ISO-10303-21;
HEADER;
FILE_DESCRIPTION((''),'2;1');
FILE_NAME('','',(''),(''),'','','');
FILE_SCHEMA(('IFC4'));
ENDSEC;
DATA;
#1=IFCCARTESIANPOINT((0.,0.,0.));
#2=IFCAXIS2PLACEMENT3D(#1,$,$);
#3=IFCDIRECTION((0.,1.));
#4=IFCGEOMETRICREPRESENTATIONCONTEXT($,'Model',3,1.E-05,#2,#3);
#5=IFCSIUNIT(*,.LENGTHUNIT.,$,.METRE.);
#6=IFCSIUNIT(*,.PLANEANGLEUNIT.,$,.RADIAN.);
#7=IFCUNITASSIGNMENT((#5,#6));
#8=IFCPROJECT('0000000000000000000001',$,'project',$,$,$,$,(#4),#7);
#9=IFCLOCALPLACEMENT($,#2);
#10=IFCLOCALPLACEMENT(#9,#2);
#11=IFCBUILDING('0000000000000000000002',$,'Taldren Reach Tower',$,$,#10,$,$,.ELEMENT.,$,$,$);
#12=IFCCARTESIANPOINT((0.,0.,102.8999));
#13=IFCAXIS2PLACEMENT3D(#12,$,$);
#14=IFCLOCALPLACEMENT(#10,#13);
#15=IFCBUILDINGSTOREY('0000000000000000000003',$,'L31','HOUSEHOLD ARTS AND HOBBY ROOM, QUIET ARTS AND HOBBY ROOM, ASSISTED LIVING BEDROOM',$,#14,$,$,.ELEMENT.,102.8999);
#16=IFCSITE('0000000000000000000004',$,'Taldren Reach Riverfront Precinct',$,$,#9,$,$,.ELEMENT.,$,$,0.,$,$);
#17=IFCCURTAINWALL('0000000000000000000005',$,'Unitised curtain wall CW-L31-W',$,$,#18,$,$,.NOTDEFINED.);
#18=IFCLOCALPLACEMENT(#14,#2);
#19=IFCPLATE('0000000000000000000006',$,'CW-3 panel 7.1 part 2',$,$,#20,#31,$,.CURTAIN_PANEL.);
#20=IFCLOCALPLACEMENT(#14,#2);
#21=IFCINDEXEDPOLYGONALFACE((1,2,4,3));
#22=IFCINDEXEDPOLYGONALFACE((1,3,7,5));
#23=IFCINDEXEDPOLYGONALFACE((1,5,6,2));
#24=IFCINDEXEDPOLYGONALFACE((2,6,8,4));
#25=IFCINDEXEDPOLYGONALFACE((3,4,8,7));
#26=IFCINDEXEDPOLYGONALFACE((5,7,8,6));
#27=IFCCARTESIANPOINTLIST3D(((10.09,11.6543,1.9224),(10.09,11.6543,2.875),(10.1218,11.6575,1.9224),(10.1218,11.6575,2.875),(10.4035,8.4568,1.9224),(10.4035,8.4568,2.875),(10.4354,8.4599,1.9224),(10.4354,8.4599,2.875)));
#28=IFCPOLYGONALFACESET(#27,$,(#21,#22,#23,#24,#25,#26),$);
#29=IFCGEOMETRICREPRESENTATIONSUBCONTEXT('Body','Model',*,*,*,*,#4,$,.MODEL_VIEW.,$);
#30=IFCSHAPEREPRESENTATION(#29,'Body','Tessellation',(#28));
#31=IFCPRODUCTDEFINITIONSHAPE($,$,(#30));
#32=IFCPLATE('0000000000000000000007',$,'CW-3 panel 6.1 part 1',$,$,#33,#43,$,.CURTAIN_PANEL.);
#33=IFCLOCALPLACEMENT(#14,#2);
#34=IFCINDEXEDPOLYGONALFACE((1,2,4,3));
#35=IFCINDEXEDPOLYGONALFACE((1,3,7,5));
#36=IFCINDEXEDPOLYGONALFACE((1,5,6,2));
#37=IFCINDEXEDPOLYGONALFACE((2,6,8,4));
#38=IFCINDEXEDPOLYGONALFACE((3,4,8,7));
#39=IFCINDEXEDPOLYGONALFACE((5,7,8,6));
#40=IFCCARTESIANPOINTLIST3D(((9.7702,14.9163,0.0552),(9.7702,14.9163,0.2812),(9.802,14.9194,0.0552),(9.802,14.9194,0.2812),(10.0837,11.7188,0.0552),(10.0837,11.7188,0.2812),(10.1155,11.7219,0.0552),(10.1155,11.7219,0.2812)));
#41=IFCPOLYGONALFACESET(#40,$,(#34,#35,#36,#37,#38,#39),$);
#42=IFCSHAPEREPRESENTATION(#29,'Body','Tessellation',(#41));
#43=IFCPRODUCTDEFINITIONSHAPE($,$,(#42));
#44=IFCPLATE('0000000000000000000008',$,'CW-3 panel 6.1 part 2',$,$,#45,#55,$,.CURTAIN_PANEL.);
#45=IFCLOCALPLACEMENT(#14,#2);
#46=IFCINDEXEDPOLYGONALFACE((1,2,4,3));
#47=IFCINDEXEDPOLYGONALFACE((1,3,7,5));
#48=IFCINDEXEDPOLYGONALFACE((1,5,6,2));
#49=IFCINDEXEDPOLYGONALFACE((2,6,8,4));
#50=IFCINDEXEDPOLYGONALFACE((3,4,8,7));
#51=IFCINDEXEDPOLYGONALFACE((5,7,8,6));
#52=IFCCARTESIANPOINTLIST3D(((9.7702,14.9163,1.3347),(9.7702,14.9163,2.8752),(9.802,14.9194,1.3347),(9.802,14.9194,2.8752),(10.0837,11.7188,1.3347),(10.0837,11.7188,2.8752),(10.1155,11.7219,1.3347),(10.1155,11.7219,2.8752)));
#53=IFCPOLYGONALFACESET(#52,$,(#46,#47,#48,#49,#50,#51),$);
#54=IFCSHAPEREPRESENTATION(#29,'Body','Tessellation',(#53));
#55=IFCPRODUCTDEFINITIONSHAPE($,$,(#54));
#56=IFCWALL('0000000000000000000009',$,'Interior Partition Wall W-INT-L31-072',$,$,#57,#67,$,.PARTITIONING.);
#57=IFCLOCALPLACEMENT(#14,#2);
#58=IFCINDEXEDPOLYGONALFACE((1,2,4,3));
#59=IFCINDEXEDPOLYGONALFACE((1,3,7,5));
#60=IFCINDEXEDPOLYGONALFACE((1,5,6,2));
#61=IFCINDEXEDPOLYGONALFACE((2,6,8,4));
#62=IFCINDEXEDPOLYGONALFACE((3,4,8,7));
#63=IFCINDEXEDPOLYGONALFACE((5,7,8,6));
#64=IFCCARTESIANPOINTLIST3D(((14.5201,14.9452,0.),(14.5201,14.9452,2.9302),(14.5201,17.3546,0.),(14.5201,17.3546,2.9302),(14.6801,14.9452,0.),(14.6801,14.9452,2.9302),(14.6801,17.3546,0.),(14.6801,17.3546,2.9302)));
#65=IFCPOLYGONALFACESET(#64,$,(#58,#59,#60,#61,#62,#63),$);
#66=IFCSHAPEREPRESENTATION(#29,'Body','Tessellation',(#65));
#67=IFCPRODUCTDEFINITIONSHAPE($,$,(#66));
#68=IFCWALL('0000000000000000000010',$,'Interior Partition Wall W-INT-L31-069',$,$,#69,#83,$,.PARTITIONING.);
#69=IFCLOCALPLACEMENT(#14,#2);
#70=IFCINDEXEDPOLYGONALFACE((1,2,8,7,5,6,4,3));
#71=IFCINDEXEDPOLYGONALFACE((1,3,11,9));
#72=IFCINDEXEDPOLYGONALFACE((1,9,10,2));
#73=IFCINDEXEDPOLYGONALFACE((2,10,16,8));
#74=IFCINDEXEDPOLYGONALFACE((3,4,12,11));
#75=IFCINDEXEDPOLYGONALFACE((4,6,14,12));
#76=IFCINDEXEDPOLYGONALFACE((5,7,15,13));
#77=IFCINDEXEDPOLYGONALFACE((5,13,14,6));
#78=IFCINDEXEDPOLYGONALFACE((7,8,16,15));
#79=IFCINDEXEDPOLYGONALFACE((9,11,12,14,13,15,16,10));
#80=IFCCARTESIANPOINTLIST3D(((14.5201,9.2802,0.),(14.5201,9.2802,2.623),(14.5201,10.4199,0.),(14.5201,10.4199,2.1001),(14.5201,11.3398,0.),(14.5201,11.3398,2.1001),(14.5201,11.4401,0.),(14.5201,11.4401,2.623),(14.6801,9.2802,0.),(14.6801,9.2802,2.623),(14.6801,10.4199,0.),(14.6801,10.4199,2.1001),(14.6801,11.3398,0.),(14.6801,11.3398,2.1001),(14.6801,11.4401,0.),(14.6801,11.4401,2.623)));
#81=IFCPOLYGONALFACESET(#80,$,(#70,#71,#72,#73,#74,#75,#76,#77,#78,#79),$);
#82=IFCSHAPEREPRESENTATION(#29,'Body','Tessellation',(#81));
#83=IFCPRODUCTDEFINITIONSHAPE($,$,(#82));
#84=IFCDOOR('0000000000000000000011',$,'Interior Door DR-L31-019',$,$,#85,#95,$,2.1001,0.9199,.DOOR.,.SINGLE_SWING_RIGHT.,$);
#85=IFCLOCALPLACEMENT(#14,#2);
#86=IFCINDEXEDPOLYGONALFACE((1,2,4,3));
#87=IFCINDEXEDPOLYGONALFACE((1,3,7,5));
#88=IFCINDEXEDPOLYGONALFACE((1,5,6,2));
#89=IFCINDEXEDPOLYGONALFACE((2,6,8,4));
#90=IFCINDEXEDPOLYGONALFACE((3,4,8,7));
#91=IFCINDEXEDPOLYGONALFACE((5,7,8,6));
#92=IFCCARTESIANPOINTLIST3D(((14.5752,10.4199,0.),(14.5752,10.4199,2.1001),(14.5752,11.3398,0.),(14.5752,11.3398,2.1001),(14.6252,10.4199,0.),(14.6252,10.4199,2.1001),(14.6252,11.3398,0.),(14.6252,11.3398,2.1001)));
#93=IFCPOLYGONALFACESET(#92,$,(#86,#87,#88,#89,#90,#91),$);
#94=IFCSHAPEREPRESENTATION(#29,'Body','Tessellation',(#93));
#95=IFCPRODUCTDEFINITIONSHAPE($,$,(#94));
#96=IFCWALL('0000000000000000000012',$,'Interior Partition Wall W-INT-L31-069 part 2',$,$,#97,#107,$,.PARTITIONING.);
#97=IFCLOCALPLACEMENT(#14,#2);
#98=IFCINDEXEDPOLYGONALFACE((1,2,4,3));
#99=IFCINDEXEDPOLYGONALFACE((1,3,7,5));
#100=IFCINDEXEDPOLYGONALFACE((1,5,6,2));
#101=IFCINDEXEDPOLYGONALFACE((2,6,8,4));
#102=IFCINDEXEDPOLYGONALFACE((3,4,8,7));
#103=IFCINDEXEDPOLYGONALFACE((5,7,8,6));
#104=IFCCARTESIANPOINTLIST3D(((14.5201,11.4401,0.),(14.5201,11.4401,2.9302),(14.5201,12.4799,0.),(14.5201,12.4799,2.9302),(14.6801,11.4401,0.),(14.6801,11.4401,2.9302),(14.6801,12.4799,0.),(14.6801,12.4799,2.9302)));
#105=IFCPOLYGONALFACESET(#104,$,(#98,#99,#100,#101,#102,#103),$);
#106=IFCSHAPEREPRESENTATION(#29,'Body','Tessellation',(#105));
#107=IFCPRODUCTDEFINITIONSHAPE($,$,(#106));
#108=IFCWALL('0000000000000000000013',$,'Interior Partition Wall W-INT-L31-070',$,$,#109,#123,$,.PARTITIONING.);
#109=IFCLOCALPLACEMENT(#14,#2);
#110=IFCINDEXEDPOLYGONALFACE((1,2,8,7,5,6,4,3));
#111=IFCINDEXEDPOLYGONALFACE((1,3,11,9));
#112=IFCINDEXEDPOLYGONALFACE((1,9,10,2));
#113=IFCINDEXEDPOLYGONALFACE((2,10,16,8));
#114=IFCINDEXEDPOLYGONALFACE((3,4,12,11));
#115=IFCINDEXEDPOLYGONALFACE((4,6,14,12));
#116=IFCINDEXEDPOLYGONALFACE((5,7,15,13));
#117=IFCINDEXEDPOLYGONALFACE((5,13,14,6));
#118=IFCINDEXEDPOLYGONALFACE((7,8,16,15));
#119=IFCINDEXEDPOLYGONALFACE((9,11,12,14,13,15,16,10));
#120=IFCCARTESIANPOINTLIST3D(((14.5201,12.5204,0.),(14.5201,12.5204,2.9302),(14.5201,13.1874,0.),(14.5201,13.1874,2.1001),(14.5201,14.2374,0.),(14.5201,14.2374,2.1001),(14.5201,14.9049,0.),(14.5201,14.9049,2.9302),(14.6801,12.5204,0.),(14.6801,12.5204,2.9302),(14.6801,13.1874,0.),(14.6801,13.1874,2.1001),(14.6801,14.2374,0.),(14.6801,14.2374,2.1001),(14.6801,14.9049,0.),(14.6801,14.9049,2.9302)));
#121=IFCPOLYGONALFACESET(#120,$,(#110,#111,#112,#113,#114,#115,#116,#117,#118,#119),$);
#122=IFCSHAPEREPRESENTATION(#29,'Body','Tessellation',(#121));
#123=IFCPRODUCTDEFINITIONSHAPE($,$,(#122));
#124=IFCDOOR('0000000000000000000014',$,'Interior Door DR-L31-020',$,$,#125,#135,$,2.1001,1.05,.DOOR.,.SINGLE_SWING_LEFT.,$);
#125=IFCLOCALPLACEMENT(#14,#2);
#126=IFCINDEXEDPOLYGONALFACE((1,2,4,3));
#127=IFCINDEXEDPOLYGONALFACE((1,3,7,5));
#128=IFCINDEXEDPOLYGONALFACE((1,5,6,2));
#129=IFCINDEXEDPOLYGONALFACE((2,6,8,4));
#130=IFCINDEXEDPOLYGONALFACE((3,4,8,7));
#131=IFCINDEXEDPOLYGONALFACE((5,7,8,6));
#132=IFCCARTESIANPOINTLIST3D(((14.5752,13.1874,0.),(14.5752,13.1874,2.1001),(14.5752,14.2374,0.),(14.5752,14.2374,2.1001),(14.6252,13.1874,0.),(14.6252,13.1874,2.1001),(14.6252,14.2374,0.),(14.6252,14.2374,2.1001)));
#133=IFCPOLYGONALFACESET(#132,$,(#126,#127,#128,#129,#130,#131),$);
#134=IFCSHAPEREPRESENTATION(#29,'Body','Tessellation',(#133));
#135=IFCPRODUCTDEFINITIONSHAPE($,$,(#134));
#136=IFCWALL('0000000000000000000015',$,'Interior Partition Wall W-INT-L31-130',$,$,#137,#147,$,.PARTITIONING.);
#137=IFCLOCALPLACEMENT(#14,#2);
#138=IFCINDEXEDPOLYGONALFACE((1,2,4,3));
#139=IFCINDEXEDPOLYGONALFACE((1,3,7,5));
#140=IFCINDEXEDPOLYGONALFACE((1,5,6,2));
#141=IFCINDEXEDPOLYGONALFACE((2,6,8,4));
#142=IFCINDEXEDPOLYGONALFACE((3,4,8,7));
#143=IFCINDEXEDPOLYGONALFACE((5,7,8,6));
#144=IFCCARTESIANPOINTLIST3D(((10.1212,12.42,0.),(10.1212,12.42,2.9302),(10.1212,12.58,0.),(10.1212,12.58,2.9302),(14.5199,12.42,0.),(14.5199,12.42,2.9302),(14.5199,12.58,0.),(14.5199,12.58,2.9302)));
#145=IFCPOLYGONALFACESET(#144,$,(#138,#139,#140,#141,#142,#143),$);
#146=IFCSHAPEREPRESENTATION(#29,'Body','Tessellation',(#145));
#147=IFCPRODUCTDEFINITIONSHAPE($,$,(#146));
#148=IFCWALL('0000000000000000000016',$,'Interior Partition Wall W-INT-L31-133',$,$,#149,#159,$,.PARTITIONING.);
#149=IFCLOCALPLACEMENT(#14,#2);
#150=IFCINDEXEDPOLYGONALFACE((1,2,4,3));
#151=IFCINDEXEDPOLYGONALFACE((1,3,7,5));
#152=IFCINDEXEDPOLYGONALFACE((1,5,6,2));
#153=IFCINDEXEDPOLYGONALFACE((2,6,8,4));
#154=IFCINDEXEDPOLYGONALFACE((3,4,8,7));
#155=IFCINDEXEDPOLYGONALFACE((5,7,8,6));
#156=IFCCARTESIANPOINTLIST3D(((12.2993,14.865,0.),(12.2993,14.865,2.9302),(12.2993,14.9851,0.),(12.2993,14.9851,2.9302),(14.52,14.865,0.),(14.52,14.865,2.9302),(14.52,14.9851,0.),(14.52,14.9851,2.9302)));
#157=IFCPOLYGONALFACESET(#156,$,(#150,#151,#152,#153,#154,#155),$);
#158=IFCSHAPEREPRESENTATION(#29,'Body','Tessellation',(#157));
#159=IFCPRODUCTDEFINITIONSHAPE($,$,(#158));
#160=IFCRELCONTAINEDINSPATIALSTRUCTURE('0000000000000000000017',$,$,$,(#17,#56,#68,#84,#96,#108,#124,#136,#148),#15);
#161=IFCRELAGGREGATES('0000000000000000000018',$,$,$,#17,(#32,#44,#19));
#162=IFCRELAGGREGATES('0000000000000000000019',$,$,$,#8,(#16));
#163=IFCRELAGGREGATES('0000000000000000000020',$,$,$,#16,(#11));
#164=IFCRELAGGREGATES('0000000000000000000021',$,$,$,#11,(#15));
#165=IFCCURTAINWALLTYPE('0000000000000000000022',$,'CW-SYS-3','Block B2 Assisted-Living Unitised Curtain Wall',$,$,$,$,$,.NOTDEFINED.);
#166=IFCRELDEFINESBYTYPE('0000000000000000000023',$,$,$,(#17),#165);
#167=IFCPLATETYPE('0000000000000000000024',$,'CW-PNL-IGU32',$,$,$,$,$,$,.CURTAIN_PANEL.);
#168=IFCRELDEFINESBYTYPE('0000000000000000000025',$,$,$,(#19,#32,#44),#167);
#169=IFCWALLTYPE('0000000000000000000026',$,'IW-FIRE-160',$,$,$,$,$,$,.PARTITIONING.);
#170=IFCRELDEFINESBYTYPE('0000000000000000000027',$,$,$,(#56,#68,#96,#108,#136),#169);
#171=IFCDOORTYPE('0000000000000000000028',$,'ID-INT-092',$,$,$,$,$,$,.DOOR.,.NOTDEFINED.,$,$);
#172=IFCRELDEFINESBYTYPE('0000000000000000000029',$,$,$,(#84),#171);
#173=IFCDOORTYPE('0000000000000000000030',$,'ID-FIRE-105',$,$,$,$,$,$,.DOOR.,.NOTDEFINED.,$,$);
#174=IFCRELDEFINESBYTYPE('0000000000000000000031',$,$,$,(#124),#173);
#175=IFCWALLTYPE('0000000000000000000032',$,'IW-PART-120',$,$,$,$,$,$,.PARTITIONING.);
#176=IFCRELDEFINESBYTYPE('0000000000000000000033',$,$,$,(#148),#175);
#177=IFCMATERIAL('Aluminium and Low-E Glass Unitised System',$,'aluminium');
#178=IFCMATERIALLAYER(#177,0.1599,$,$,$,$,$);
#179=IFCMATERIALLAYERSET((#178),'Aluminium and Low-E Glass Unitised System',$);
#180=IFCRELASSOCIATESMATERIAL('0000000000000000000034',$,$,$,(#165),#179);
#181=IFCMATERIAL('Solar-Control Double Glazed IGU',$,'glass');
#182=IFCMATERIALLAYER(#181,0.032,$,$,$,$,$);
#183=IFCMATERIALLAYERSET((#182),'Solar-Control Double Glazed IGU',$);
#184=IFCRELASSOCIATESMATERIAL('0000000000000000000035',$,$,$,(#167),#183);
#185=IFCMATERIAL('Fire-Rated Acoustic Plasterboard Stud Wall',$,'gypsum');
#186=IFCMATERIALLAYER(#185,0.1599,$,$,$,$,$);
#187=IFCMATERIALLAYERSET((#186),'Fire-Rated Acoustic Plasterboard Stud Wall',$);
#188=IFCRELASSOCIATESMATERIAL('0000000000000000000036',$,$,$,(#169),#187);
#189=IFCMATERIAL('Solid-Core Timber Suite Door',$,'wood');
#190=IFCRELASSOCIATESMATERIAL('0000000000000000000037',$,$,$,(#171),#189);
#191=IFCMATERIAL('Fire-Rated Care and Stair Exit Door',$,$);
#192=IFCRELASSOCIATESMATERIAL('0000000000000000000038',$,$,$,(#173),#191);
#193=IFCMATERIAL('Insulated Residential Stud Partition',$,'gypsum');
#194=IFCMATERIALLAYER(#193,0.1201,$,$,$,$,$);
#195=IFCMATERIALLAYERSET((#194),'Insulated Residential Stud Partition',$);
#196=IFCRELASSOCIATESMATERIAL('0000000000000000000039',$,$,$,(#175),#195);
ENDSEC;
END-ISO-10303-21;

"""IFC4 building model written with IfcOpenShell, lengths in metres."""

from ifc_helpers import new_model, si_unit, direction, frame, frame_2d, origin, origin_2d, place, context, subcontext, project, spatial, rectangle, extrude, source, transform, mapped, material, layer, layer_set, type_object, element, fill, aggregate, save


model = new_model("IFC4")

# Units and contexts
model_context = context("Model", 3, precision=1e-05, world=origin(), true_north=direction((0.0, 1.0)))
body_context = subcontext(model_context, "Body", "Model", "MODEL_VIEW")
ifc_project = project(units=[si_unit("LENGTHUNIT", "METRE"), si_unit("PLANEANGLEUNIT", "RADIAN")], contexts=[model_context])

# Site, building, storey
site_placement = place(None, origin())
site = spatial("IfcSite", under=ifc_project, at=site_placement, Name="Taldren Reach Riverfront Precinct", CompositionType="ELEMENT", RefElevation=0.0)
building_placement = place(site_placement, origin())
building = spatial("IfcBuilding", under=site, at=building_placement, Name="Taldren Reach Tower", CompositionType="ELEMENT")
storey_placement = place(building_placement, frame((0.0, 0.0, 102.8999)))
storey = spatial("IfcBuildingStorey", under=building, at=storey_placement, Name="L31", Description="HOUSEHOLD ARTS AND HOBBY ROOM, QUIET ARTS AND HOBBY ROOM, ASSISTED LIVING BEDROOM", CompositionType="ELEMENT", Elevation=102.8999)

# Curtain wall
ifc_material_1 = material(Name="Aluminium and Low-E Glass Unitised System", Category="aluminium")
ifc_layer_1 = layer(ifc_material_1, 0.1599)
ifc_layer_set_1 = layer_set([ifc_layer_1], Name="Aluminium and Low-E Glass Unitised System")
curtain_wall_type = type_object("IfcCurtainWallType", Name="CW-SYS-3", Description="Block B2 Assisted-Living Unitised Curtain Wall", PredefinedType="NOTDEFINED", material=ifc_layer_set_1)
curtain_wall_placement = place(storey_placement, origin())
curtain_wall = element("IfcCurtainWall", 1, at=curtain_wall_placement, inside=storey, type_object=curtain_wall_type, Name="Unitised curtain wall CW-L31-W", PredefinedType="NOTDEFINED")

# Plates
ifc_material_2 = material(Name="Solar-Control Double Glazed IGU", Category="glass")
ifc_layer_2 = layer(ifc_material_2, 0.032)
ifc_layer_set_2 = layer_set([ifc_layer_2], Name="Solar-Control Double Glazed IGU")
plate_type_1 = type_object("IfcPlateType", Name="CW-PNL-IGU32", PredefinedType="CURTAIN_PANEL", material=ifc_layer_set_2)
shared_shape_1 = source(origin(), body_context, "Body", "SweptSolid", [
    extrude(rectangle(XDim=3.2129, YDim=0.032, at=origin_2d()), origin(), (0.0, 0.0, 1.0), 0.9526),
])
plate_1_placement = place(storey_placement, frame((10.2627, 10.0571, 1.9224), z_axis=(0.0, 0.0, 1.0), x_axis=(0.097583, -0.995227, 0.0)))
plate_1 = element("IfcPlate", 2, at=plate_1_placement, type_object=plate_type_1, Name="CW-3 panel 7.1 part 2", PredefinedType="CURTAIN_PANEL", context=body_context, shape_type="MappedRepresentation", body=[
    mapped(shared_shape_1, transform((0.0, 0.0, 0.0), scale=1.0)),
])
shared_shape_2 = source(origin(), body_context, "Body", "SweptSolid", [
    extrude(rectangle(XDim=3.2129, YDim=0.032, at=origin_2d()), origin(), (0.0, 0.0, 1.0), 0.2261),
])
plate_2_placement = place(storey_placement, frame((9.9429, 13.3191, 0.0552), z_axis=(0.0, 0.0, 1.0), x_axis=(0.097583, -0.995227, 0.0)))
plate_2 = element("IfcPlate", 3, at=plate_2_placement, type_object=plate_type_1, Name="CW-3 panel 6.1 part 1", PredefinedType="CURTAIN_PANEL", context=body_context, shape_type="MappedRepresentation", body=[
    mapped(shared_shape_2, transform((0.0, 0.0, 0.0), scale=1.0)),
])
shared_shape_3 = source(origin(), body_context, "Body", "SweptSolid", [
    extrude(rectangle(XDim=3.2129, YDim=0.032, at=origin_2d()), origin(), (0.0, 0.0, 1.0), 1.5405),
])
plate_3_placement = place(storey_placement, frame((9.9429, 13.3191, 1.3347), z_axis=(0.0, 0.0, 1.0), x_axis=(0.097583, -0.995227, 0.0)))
plate_3 = element("IfcPlate", 4, at=plate_3_placement, type_object=plate_type_1, Name="CW-3 panel 6.1 part 2", PredefinedType="CURTAIN_PANEL", context=body_context, shape_type="MappedRepresentation", body=[
    mapped(shared_shape_3, transform((0.0, 0.0, 0.0), scale=1.0)),
])
aggregate(curtain_wall, [plate_2, plate_3, plate_1])

# Wall
ifc_material_3 = material(Name="Fire-Rated Acoustic Plasterboard Stud Wall", Category="gypsum")
ifc_layer_3 = layer(ifc_material_3, 0.1599)
ifc_layer_set_3 = layer_set([ifc_layer_3], Name="Fire-Rated Acoustic Plasterboard Stud Wall")
wall_type_1 = type_object("IfcWallType", Name="IW-FIRE-160", PredefinedType="PARTITIONING", material=ifc_layer_set_3)
shared_shape_4 = source(origin(), body_context, "Body", "SweptSolid", [
    extrude(rectangle(XDim=2.4094, YDim=0.1599, at=frame_2d((1.2046, 0.0))), origin(), (0.0, 0.0, 1.0), 2.9302),
])
wall_1_placement = place(storey_placement, frame((14.6001, 14.9453, 0.0), z_axis=(0.0, 0.0, 1.0), x_axis=(0.0, 1.0, 0.0)))
element("IfcWall", 5, at=wall_1_placement, inside=storey, type_object=wall_type_1, Name="Interior Partition Wall W-INT-L31-072", PredefinedType="PARTITIONING", context=body_context, shape_type="MappedRepresentation", body=[
    mapped(shared_shape_4, transform((0.0, 0.0, 0.0), scale=1.0)),
])

# Wall, opening, door
shared_shape_5 = source(origin(), body_context, "Body", "SweptSolid", [
    extrude(rectangle(XDim=2.1599, YDim=0.1599, at=frame_2d((1.0801, 0.0))), origin(), (0.0, 0.0, 1.0), 2.623),
])
wall_2_placement = place(storey_placement, frame((14.6001, 9.28, 0.0), z_axis=(0.0, 0.0, 1.0), x_axis=(0.0, 1.0, 0.0)))
wall_2 = element("IfcWall", 6, at=wall_2_placement, inside=storey, type_object=wall_type_1, Name="Interior Partition Wall W-INT-L31-069", PredefinedType="PARTITIONING", context=body_context, shape_type="MappedRepresentation", body=[
    mapped(shared_shape_5, transform((0.0, 0.0, 0.0), scale=1.0)),
])
shared_shape_6 = source(origin(), body_context, "Body", "SweptSolid", [
    extrude(rectangle(XDim=0.9199, YDim=2.1001, at=frame_2d((0.46, 1.05))), frame((0.0, 0.0898, 0.0), z_axis=(0.0, -1.0, 0.0), x_axis=(1.0, 0.0, 0.0)), (0.0, 0.0, 1.0), 0.1799),
])
opening_1_placement = place(wall_2_placement, frame((1.1399, 0.0, 0.0)))
opening_1 = element("IfcOpeningElement", 7, at=opening_1_placement, cuts=wall_2, PredefinedType="OPENING", context=body_context, shape_type="MappedRepresentation", body=[
    mapped(shared_shape_6, transform((0.0, 0.0, 0.0), scale=1.0)),
])
ifc_material_4 = material(Name="Solid-Core Timber Suite Door", Category="wood")
door_type_1 = type_object("IfcDoorType", Name="ID-INT-092", OperationType="NOTDEFINED", PredefinedType="DOOR", material=ifc_material_4)
shared_shape_7 = source(origin(), body_context, "Body", "SweptSolid", [
    extrude(rectangle(XDim=0.9199, YDim=2.1001, at=frame_2d((0.46, 1.05))), frame((0.0, 0.0249, 0.0), z_axis=(0.0, -1.0, 0.0), x_axis=(1.0, 0.0, 0.0)), (0.0, 0.0, 1.0), 0.05),
])
door_1_placement = place(opening_1_placement, origin())
door_1 = element("IfcDoor", 8, at=door_1_placement, inside=storey, type_object=door_type_1, Name="Interior Door DR-L31-019", OperationType="SINGLE_SWING_RIGHT", OverallHeight=2.1001, OverallWidth=0.9199, PredefinedType="DOOR", context=body_context, shape_type="MappedRepresentation", body=[
    mapped(shared_shape_7, transform((0.0, 0.0, 0.0), scale=1.0)),
])
fill(opening_1, door_1)

# Wall
shared_shape_8 = source(origin(), body_context, "Body", "SweptSolid", [
    extrude(rectangle(XDim=1.0398, YDim=0.1599, at=frame_2d((0.52, 0.0))), origin(), (0.0, 0.0, 1.0), 2.9302),
])
wall_3_placement = place(storey_placement, frame((14.6001, 11.4399, 0.0), z_axis=(0.0, 0.0, 1.0), x_axis=(0.0, 1.0, 0.0)))
element("IfcWall", 9, at=wall_3_placement, inside=storey, type_object=wall_type_1, Name="Interior Partition Wall W-INT-L31-069 part 2", PredefinedType="PARTITIONING", context=body_context, shape_type="MappedRepresentation", body=[
    mapped(shared_shape_8, transform((0.0, 0.0, 0.0), scale=1.0)),
])

# Wall, opening, door
shared_shape_9 = source(origin(), body_context, "Body", "SweptSolid", [
    extrude(rectangle(XDim=2.3845, YDim=0.1599, at=frame_2d((1.1924, 0.0))), origin(), (0.0, 0.0, 1.0), 2.9302),
])
wall_4_placement = place(storey_placement, frame((14.6001, 12.5203, 0.0), z_axis=(0.0, 0.0, 1.0), x_axis=(0.0, 1.0, 0.0)))
wall_4 = element("IfcWall", 10, at=wall_4_placement, inside=storey, type_object=wall_type_1, Name="Interior Partition Wall W-INT-L31-070", PredefinedType="PARTITIONING", context=body_context, shape_type="MappedRepresentation", body=[
    mapped(shared_shape_9, transform((0.0, 0.0, 0.0), scale=1.0)),
])
shared_shape_10 = source(origin(), body_context, "Body", "SweptSolid", [
    extrude(rectangle(XDim=1.05, YDim=2.1001, at=frame_2d((0.5249, 1.05))), frame((0.0, 0.0898, 0.0), z_axis=(0.0, -1.0, 0.0), x_axis=(1.0, 0.0, 0.0)), (0.0, 0.0, 1.0), 0.1799),
])
opening_2_placement = place(wall_4_placement, frame((0.6672, 0.0, 0.0)))
opening_2 = element("IfcOpeningElement", 11, at=opening_2_placement, cuts=wall_4, PredefinedType="OPENING", context=body_context, shape_type="MappedRepresentation", body=[
    mapped(shared_shape_10, transform((0.0, 0.0, 0.0), scale=1.0)),
])
ifc_material_5 = material(Name="Fire-Rated Care and Stair Exit Door")
door_type_2 = type_object("IfcDoorType", Name="ID-FIRE-105", OperationType="NOTDEFINED", PredefinedType="DOOR", material=ifc_material_5)
shared_shape_11 = source(origin(), body_context, "Body", "SweptSolid", [
    extrude(rectangle(XDim=1.05, YDim=2.1001, at=frame_2d((0.5249, 1.05))), frame((0.0, 0.0249, 0.0), z_axis=(0.0, -1.0, 0.0), x_axis=(1.0, 0.0, 0.0)), (0.0, 0.0, 1.0), 0.05),
])
door_2_placement = place(opening_2_placement, origin())
door_2 = element("IfcDoor", 12, at=door_2_placement, inside=storey, type_object=door_type_2, Name="Interior Door DR-L31-020", OperationType="SINGLE_SWING_LEFT", OverallHeight=2.1001, OverallWidth=1.05, PredefinedType="DOOR", context=body_context, shape_type="MappedRepresentation", body=[
    mapped(shared_shape_11, transform((0.0, 0.0, 0.0), scale=1.0)),
])
fill(opening_2, door_2)

# Walls
shared_shape_12 = source(origin(), body_context, "Body", "SweptSolid", [
    extrude(rectangle(XDim=4.3987, YDim=0.1599, at=frame_2d((2.1992, 0.0))), origin(), (0.0, 0.0, 1.0), 2.9302),
])
wall_5_placement = place(storey_placement, frame((10.1213, 12.5, 0.0), z_axis=(0.0, 0.0, 1.0), x_axis=(1.0, 0.0, 0.0)))
element("IfcWall", 13, at=wall_5_placement, inside=storey, type_object=wall_type_1, Name="Interior Partition Wall W-INT-L31-130", PredefinedType="PARTITIONING", context=body_context, shape_type="MappedRepresentation", body=[
    mapped(shared_shape_12, transform((0.0, 0.0, 0.0), scale=1.0)),
])
ifc_material_6 = material(Name="Insulated Residential Stud Partition", Category="gypsum")
ifc_layer_4 = layer(ifc_material_6, 0.1201)
ifc_layer_set_4 = layer_set([ifc_layer_4], Name="Insulated Residential Stud Partition")
wall_type_2 = type_object("IfcWallType", Name="IW-PART-120", PredefinedType="PARTITIONING", material=ifc_layer_set_4)
shared_shape_13 = source(origin(), body_context, "Body", "SweptSolid", [
    extrude(rectangle(XDim=2.2207, YDim=0.1201, at=frame_2d((1.1104, 0.0))), origin(), (0.0, 0.0, 1.0), 2.9302),
])
wall_6_placement = place(storey_placement, frame((12.2993, 14.925, 0.0), z_axis=(0.0, 0.0, 1.0), x_axis=(1.0, 0.0, 0.0)))
element("IfcWall", 14, at=wall_6_placement, inside=storey, type_object=wall_type_2, Name="Interior Partition Wall W-INT-L31-133", PredefinedType="PARTITIONING", context=body_context, shape_type="MappedRepresentation", body=[
    mapped(shared_shape_13, transform((0.0, 0.0, 0.0), scale=1.0)),
])

save(model, "model.ifc")
